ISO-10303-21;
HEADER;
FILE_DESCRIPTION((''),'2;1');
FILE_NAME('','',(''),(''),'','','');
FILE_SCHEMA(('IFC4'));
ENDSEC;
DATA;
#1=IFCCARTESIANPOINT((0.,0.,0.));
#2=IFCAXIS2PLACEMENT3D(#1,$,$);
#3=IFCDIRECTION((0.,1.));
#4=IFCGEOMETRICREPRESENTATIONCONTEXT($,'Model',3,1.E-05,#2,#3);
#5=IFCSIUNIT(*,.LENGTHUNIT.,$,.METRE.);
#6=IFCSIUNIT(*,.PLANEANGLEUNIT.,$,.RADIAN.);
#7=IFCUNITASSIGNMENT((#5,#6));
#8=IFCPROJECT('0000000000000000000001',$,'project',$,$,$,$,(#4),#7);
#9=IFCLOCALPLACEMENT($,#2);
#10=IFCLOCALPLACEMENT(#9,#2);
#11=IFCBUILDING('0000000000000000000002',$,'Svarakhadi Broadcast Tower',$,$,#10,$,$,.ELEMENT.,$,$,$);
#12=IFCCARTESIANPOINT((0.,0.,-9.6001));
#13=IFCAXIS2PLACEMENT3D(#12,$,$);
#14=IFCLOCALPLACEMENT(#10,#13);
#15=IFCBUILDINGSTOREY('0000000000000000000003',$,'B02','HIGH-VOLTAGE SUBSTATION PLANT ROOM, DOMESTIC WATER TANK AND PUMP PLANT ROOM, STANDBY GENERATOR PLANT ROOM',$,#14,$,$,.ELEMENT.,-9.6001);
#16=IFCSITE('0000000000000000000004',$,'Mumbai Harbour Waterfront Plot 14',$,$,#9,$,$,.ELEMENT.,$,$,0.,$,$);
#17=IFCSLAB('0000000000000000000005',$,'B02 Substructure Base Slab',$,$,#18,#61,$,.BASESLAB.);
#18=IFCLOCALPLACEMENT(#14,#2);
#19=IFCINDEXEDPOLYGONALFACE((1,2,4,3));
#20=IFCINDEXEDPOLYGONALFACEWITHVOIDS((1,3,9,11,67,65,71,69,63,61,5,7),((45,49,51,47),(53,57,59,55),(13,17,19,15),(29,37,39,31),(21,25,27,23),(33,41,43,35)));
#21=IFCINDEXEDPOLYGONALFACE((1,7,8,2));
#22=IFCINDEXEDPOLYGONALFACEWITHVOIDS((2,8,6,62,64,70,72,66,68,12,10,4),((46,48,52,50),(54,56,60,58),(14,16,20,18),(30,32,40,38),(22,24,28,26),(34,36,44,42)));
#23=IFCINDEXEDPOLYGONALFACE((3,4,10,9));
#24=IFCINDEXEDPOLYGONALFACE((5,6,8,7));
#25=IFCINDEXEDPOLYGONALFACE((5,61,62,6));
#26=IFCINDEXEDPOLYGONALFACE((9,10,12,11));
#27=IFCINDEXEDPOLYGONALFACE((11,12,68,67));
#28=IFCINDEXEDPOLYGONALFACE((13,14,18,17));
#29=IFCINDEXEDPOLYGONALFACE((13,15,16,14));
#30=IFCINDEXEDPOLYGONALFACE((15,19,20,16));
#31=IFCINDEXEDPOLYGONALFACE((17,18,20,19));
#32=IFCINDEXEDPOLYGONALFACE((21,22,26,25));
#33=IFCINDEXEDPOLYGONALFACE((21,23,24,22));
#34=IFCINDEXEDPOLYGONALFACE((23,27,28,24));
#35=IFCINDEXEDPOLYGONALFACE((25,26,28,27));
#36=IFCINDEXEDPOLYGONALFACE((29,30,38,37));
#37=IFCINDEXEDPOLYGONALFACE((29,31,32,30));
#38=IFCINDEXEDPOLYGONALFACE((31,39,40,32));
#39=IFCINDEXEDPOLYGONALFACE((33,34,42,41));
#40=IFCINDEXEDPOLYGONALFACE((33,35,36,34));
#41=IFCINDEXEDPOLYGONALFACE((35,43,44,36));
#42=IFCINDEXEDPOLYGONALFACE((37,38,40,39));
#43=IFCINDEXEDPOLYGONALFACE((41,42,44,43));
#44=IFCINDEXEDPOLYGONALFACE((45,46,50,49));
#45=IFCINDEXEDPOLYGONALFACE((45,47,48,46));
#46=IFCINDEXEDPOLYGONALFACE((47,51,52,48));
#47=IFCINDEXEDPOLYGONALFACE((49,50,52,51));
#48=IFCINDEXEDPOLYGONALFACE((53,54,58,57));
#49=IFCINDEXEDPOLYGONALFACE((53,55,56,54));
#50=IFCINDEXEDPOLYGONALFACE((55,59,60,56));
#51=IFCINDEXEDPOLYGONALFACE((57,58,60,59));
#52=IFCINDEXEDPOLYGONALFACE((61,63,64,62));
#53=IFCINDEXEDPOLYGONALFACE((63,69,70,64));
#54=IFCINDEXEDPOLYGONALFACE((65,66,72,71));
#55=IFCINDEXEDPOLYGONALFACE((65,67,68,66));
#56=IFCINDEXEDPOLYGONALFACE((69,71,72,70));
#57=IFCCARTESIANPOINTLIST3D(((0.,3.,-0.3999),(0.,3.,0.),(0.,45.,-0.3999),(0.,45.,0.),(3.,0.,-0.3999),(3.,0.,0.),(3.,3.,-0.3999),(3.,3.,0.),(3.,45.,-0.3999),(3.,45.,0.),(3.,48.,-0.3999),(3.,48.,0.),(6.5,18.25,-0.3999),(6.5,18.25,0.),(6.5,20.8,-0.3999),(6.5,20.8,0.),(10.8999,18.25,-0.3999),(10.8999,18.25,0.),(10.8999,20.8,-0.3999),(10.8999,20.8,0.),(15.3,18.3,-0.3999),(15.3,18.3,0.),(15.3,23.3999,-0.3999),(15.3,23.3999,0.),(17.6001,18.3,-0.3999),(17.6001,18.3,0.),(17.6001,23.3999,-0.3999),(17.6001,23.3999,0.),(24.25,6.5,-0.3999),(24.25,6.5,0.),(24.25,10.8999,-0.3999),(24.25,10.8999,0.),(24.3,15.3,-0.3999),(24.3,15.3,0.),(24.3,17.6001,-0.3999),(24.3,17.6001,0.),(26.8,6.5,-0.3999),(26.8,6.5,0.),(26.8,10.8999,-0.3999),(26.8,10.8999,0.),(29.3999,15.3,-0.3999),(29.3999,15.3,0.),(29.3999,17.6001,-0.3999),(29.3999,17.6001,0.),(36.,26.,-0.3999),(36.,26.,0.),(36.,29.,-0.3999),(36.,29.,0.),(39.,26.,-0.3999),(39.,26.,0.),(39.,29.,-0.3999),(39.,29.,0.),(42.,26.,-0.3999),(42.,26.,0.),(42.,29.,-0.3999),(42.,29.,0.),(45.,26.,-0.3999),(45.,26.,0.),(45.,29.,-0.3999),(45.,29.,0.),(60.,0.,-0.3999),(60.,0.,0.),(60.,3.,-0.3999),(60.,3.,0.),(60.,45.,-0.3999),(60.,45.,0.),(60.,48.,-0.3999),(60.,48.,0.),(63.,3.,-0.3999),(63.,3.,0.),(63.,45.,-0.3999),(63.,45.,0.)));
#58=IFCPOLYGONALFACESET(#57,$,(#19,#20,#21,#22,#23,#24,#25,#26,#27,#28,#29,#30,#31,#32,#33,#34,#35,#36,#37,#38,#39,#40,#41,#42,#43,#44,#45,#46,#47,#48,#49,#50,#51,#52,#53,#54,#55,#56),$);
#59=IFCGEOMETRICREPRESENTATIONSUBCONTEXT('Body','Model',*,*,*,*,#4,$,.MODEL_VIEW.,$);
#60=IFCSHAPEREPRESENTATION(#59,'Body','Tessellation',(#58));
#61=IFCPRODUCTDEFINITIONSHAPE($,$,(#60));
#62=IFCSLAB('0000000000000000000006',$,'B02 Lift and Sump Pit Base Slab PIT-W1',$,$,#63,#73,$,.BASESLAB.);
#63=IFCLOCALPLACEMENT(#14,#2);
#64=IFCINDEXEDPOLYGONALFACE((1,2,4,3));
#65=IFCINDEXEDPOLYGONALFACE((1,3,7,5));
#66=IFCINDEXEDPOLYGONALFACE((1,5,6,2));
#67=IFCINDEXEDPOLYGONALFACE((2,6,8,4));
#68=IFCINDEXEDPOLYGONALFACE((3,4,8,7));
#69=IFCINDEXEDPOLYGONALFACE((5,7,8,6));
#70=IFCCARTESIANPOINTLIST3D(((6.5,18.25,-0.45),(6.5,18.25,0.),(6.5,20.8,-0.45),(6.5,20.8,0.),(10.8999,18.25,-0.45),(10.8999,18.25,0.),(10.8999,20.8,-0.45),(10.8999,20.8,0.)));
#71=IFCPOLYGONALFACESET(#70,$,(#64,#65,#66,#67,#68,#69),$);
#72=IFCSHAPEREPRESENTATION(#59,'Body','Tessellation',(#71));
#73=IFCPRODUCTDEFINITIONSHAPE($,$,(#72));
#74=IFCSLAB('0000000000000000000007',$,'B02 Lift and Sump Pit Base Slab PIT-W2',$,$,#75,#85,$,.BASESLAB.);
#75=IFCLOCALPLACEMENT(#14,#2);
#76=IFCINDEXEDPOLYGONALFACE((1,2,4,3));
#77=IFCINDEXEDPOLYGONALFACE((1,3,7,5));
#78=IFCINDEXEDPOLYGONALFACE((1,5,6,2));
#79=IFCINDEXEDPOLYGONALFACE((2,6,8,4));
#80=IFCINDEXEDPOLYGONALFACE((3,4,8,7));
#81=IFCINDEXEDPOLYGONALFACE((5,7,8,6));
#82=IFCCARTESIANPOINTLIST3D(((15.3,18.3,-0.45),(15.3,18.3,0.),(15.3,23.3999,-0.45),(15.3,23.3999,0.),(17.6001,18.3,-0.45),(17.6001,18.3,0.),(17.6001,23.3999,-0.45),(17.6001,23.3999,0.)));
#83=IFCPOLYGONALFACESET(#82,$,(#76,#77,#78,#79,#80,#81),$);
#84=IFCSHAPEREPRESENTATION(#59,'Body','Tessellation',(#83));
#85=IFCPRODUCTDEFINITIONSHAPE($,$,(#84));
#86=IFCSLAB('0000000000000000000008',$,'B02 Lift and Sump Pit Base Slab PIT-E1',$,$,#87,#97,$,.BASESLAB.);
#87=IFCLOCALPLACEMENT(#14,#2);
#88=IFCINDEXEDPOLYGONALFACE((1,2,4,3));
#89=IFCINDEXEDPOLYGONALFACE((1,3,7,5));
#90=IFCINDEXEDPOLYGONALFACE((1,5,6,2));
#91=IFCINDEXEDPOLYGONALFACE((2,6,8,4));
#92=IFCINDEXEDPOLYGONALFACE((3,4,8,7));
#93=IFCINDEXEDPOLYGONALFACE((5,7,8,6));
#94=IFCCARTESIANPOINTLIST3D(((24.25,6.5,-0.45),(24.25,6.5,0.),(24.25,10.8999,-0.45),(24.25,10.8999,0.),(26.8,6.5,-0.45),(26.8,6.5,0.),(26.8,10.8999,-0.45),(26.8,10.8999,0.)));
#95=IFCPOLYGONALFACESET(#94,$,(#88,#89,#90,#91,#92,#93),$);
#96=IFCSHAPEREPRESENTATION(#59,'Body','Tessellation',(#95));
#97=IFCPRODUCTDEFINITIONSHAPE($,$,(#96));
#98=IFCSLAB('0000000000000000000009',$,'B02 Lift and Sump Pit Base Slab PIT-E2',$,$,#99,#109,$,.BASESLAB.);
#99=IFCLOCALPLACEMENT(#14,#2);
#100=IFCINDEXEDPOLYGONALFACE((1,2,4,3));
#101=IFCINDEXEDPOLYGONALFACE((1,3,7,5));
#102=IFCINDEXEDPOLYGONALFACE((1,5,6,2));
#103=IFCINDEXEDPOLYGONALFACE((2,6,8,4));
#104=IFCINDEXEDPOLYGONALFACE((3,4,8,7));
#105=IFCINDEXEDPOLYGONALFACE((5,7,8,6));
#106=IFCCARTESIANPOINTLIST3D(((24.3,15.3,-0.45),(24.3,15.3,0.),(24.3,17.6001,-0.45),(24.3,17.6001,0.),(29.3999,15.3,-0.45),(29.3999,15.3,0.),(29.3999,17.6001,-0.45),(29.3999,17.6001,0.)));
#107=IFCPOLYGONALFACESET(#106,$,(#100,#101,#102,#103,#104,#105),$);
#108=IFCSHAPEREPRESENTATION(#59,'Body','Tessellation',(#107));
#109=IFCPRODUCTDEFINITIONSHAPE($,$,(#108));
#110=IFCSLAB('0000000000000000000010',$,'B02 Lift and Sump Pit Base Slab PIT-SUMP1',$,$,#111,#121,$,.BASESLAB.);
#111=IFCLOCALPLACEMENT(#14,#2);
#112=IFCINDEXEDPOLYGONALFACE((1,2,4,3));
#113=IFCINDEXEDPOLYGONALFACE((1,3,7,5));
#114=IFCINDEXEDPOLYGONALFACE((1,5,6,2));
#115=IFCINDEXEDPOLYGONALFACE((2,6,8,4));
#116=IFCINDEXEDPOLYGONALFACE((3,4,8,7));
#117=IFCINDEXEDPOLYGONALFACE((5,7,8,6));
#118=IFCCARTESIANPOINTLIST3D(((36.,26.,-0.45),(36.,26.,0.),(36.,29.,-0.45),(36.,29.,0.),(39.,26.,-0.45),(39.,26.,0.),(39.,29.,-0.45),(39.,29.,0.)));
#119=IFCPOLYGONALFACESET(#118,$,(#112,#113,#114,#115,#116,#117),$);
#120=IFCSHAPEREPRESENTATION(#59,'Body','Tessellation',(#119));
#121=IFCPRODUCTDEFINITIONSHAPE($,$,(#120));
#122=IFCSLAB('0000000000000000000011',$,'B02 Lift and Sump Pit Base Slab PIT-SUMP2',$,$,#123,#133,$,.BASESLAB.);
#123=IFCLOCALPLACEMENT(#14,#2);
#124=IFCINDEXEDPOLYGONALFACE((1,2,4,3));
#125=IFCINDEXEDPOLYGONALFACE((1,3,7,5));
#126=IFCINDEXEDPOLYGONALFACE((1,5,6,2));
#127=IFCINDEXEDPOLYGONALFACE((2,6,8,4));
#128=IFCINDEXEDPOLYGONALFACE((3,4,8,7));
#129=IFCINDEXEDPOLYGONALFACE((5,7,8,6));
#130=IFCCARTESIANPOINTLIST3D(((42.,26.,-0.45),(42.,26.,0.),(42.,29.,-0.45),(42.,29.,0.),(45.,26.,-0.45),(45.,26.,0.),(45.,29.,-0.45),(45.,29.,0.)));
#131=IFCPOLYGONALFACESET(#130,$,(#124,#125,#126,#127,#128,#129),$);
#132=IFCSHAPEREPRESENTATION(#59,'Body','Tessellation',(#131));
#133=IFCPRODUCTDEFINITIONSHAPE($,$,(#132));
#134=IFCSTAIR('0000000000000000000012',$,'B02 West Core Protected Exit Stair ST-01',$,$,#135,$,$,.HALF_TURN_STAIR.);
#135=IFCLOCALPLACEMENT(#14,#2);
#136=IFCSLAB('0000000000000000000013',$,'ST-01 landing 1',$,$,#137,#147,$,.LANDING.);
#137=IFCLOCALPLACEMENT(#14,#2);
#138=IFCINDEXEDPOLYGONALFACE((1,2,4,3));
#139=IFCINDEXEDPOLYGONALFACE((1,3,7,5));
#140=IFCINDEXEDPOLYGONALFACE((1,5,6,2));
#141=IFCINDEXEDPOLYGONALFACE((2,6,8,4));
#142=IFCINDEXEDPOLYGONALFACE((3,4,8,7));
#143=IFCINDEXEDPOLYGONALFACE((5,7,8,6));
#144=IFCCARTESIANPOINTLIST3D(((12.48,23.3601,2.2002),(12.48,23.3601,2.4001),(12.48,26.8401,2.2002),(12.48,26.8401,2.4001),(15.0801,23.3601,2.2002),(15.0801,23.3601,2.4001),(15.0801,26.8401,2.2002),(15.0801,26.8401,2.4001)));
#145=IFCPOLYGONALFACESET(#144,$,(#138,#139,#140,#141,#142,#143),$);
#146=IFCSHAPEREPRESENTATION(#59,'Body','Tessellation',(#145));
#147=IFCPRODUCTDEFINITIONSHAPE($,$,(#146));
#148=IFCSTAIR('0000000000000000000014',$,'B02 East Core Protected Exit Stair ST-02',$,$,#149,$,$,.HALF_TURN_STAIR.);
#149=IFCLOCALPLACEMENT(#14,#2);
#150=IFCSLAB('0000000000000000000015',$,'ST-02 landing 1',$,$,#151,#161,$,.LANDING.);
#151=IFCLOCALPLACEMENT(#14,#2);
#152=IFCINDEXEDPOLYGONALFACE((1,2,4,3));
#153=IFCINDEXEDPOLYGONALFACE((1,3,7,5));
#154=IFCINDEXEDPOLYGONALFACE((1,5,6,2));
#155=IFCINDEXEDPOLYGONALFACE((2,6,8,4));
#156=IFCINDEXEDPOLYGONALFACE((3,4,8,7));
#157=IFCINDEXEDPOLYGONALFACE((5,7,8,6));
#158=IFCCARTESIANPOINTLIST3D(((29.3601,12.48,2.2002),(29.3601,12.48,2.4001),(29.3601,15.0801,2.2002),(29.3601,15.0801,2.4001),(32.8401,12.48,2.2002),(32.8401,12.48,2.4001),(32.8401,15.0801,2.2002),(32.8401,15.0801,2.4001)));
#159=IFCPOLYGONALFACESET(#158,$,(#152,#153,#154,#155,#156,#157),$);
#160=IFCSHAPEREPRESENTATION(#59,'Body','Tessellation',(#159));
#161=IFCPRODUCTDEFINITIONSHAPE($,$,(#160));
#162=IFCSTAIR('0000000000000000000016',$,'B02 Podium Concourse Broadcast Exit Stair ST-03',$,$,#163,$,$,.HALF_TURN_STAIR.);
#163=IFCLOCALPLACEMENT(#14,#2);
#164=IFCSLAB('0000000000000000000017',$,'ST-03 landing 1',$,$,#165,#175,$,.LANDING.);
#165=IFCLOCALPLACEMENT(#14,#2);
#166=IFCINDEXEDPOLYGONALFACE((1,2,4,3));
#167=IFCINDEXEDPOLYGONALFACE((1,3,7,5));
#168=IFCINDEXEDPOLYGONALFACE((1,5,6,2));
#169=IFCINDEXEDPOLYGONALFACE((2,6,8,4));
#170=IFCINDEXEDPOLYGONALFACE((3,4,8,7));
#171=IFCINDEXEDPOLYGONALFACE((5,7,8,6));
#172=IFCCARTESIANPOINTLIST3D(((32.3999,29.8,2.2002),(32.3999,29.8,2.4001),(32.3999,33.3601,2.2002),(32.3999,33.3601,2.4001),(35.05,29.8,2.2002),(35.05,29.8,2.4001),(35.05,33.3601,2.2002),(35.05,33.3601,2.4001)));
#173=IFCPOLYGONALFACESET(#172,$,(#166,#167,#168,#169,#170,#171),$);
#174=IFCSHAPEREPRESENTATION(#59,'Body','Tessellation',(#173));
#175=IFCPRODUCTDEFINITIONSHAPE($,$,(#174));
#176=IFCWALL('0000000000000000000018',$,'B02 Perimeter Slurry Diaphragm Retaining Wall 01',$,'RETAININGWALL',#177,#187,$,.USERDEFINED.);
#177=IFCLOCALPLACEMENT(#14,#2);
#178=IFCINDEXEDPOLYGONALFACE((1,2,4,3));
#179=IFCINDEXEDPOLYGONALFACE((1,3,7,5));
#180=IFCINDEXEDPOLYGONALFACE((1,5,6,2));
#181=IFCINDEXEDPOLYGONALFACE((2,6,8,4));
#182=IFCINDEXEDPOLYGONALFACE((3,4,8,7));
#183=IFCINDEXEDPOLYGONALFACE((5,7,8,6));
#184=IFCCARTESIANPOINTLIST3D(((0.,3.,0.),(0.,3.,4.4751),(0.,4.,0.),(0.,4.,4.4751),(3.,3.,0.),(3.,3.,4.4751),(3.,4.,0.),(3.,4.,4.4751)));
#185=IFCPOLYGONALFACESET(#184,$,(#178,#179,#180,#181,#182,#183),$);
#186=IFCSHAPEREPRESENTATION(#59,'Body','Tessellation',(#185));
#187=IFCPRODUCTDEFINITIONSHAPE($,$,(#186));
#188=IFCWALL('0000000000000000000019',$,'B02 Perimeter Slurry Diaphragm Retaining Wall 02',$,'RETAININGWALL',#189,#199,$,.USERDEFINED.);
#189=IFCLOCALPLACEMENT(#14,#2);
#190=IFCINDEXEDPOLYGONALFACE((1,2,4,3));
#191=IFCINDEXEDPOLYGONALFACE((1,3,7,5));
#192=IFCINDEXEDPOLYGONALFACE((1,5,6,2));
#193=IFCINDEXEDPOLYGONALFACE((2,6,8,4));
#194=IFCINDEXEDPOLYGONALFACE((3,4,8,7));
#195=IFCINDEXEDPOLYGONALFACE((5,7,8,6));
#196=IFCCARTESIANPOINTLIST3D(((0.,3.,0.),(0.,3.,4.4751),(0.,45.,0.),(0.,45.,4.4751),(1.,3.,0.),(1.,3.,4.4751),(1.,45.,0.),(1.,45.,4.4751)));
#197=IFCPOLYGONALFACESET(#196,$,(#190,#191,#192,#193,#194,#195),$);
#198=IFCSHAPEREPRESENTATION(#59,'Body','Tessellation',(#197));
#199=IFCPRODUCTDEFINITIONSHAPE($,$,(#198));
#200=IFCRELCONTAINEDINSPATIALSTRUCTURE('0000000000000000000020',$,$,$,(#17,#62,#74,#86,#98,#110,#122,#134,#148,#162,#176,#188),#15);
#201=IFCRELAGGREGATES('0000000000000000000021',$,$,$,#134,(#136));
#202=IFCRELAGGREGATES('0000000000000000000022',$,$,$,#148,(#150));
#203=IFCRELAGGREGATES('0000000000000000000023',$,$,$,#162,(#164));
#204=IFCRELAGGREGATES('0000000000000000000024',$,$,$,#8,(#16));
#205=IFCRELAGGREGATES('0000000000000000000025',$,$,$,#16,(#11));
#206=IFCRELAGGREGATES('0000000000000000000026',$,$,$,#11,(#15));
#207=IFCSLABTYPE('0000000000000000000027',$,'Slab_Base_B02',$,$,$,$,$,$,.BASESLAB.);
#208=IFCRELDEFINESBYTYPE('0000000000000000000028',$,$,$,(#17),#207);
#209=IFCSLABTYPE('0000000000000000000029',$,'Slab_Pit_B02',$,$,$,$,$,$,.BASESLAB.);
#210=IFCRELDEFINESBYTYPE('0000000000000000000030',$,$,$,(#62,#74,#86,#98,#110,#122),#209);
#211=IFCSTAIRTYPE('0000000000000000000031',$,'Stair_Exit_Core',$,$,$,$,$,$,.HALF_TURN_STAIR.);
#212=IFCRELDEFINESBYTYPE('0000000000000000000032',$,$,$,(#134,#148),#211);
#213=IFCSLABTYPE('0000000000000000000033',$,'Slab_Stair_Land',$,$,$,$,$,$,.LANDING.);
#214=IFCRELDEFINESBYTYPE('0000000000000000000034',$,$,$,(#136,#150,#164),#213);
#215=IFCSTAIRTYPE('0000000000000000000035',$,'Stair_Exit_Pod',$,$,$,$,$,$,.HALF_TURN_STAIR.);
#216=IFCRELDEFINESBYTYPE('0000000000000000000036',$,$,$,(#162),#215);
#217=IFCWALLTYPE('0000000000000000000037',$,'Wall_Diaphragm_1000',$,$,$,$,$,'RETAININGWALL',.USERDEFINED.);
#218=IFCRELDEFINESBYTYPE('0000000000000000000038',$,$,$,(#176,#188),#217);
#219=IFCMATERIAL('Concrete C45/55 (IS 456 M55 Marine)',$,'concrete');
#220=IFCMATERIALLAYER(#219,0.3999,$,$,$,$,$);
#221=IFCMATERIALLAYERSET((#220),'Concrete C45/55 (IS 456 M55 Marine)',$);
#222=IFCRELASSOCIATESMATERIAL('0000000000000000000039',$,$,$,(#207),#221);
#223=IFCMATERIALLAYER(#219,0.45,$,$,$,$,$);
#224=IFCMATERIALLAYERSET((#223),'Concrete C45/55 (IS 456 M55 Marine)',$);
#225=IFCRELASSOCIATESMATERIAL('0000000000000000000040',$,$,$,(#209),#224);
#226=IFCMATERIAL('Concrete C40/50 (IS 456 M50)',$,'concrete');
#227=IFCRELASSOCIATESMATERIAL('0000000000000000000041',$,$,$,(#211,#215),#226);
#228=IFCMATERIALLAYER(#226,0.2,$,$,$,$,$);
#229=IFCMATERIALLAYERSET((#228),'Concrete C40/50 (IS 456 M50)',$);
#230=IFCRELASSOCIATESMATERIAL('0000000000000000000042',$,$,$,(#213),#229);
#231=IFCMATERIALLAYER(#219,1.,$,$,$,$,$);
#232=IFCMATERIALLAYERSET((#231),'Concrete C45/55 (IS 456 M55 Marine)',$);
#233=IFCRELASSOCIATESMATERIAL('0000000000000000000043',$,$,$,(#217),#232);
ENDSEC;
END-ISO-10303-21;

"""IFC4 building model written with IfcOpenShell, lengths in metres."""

from ifc_helpers import new_model, si_unit, direction, frame, frame_2d, origin, place, context, subcontext, project, spatial, polyline, rectangle, outline, extrude, material, layer, layer_set, type_object, element, aggregate, save


model = new_model("IFC4")

# Units and contexts
model_context = context("Model", 3, precision=1e-05, world=origin(), true_north=direction((0.0, 1.0)))
body_context = subcontext(model_context, "Body", "Model", "MODEL_VIEW")
ifc_project = project(units=[si_unit("LENGTHUNIT", "METRE"), si_unit("PLANEANGLEUNIT", "RADIAN")], contexts=[model_context])

# Site, building, storey
site_placement = place(None, origin())
site = spatial("IfcSite", under=ifc_project, at=site_placement, Name="Mumbai Harbour Waterfront Plot 14", CompositionType="ELEMENT", RefElevation=0.0)
building_placement = place(site_placement, origin())
building = spatial("IfcBuilding", under=site, at=building_placement, Name="Svarakhadi Broadcast Tower", CompositionType="ELEMENT")
storey_placement = place(building_placement, frame((0.0, 0.0, -9.6001)))
storey = spatial("IfcBuildingStorey", under=building, at=storey_placement, Name="B02", Description="HIGH-VOLTAGE SUBSTATION PLANT ROOM, DOMESTIC WATER TANK AND PUMP PLANT ROOM, STANDBY GENERATOR PLANT ROOM", CompositionType="ELEMENT", Elevation=-9.6001)

# Shared definitions
ifc_material_1 = material(Name="Concrete C45/55 (IS 456 M55 Marine)", Category="concrete")

# Slabs
ifc_layer_1 = layer(ifc_material_1, 0.3999)
ifc_layer_set_1 = layer_set([ifc_layer_1], Name="Concrete C45/55 (IS 456 M55 Marine)")
slab_type_1 = type_object("IfcSlabType", Name="Slab_Base_B02", PredefinedType="BASESLAB", material=ifc_layer_set_1)
slab_1_placement = place(storey_placement, frame((0.0, 0.0, -0.3999)))
element("IfcSlab", 1, at=slab_1_placement, inside=storey, type_object=slab_type_1, Name="B02 Substructure Base Slab", PredefinedType="BASESLAB", context=body_context, shape_type="SweptSolid", body=[
    extrude(outline(polyline([(3.0, 0.0), (60.0, 0.0), (60.0, 3.0), (63.0, 3.0), (63.0, 45.0), (60.0, 45.0), (60.0, 48.0), (3.0, 48.0), (3.0, 45.0), (0.0, 45.0), (0.0, 3.0), (3.0, 3.0), (3.0, 0.0)]), holes=[polyline([(6.5, 18.25), (10.8999, 18.25), (10.8999, 20.8), (6.5, 20.8), (6.5, 18.25)]), polyline([(15.3, 18.3), (17.6001, 18.3), (17.6001, 23.3999), (15.3, 23.3999), (15.3, 18.3)]), polyline([(24.25, 6.5), (26.8, 6.5), (26.8, 10.8999), (24.25, 10.8999), (24.25, 6.5)]), polyline([(24.3, 15.3), (29.3999, 15.3), (29.3999, 17.6001), (24.3, 17.6001), (24.3, 15.3)]), polyline([(36.0, 26.0), (39.0, 26.0), (39.0, 29.0), (36.0, 29.0), (36.0, 26.0)]), polyline([(42.0, 26.0), (45.0, 26.0), (45.0, 29.0), (42.0, 29.0), (42.0, 26.0)])]), origin(), (0.0, 0.0, 1.0), 0.3999),
])
ifc_layer_2 = layer(ifc_material_1, 0.45)
ifc_layer_set_2 = layer_set([ifc_layer_2], Name="Concrete C45/55 (IS 456 M55 Marine)")
slab_type_2 = type_object("IfcSlabType", Name="Slab_Pit_B02", PredefinedType="BASESLAB", material=ifc_layer_set_2)
slab_2_placement = place(storey_placement, frame((0.0, 0.0, -0.45)))
element("IfcSlab", 2, at=slab_2_placement, inside=storey, type_object=slab_type_2, Name="B02 Lift and Sump Pit Base Slab PIT-W1", PredefinedType="BASESLAB", context=body_context, shape_type="SweptSolid", body=[
    extrude(outline(polyline([(6.5, 18.25), (10.8999, 18.25), (10.8999, 20.8), (6.5, 20.8), (6.5, 18.25)])), origin(), (0.0, 0.0, 1.0), 0.45),
])
slab_3_placement = place(storey_placement, frame((0.0, 0.0, -0.45)))
element("IfcSlab", 3, at=slab_3_placement, inside=storey, type_object=slab_type_2, Name="B02 Lift and Sump Pit Base Slab PIT-W2", PredefinedType="BASESLAB", context=body_context, shape_type="SweptSolid", body=[
    extrude(outline(polyline([(15.3, 18.3), (17.6001, 18.3), (17.6001, 23.3999), (15.3, 23.3999), (15.3, 18.3)])), origin(), (0.0, 0.0, 1.0), 0.45),
])
slab_4_placement = place(storey_placement, frame((0.0, 0.0, -0.45)))
element("IfcSlab", 4, at=slab_4_placement, inside=storey, type_object=slab_type_2, Name="B02 Lift and Sump Pit Base Slab PIT-E1", PredefinedType="BASESLAB", context=body_context, shape_type="SweptSolid", body=[
    extrude(outline(polyline([(24.25, 6.5), (26.8, 6.5), (26.8, 10.8999), (24.25, 10.8999), (24.25, 6.5)])), origin(), (0.0, 0.0, 1.0), 0.45),
])
slab_5_placement = place(storey_placement, frame((0.0, 0.0, -0.45)))
element("IfcSlab", 5, at=slab_5_placement, inside=storey, type_object=slab_type_2, Name="B02 Lift and Sump Pit Base Slab PIT-E2", PredefinedType="BASESLAB", context=body_context, shape_type="SweptSolid", body=[
    extrude(outline(polyline([(24.3, 15.3), (29.3999, 15.3), (29.3999, 17.6001), (24.3, 17.6001), (24.3, 15.3)])), origin(), (0.0, 0.0, 1.0), 0.45),
])
slab_6_placement = place(storey_placement, frame((0.0, 0.0, -0.45)))
element("IfcSlab", 6, at=slab_6_placement, inside=storey, type_object=slab_type_2, Name="B02 Lift and Sump Pit Base Slab PIT-SUMP1", PredefinedType="BASESLAB", context=body_context, shape_type="SweptSolid", body=[
    extrude(outline(polyline([(36.0, 26.0), (39.0, 26.0), (39.0, 29.0), (36.0, 29.0), (36.0, 26.0)])), origin(), (0.0, 0.0, 1.0), 0.45),
])
slab_7_placement = place(storey_placement, frame((0.0, 0.0, -0.45)))
element("IfcSlab", 7, at=slab_7_placement, inside=storey, type_object=slab_type_2, Name="B02 Lift and Sump Pit Base Slab PIT-SUMP2", PredefinedType="BASESLAB", context=body_context, shape_type="SweptSolid", body=[
    extrude(outline(polyline([(42.0, 26.0), (45.0, 26.0), (45.0, 29.0), (42.0, 29.0), (42.0, 26.0)])), origin(), (0.0, 0.0, 1.0), 0.45),
])

# Stairs, slabs
ifc_material_2 = material(Name="Concrete C40/50 (IS 456 M50)", Category="concrete")
stair_type_1 = type_object("IfcStairType", Name="Stair_Exit_Core", PredefinedType="HALF_TURN_STAIR", material=ifc_material_2)
stair_1_placement = place(storey_placement, origin())
stair_1 = element("IfcStair", 8, at=stair_1_placement, inside=storey, type_object=stair_type_1, Name="B02 West Core Protected Exit Stair ST-01", PredefinedType="HALF_TURN_STAIR")
ifc_layer_3 = layer(ifc_material_2, 0.2)
ifc_layer_set_3 = layer_set([ifc_layer_3], Name="Concrete C40/50 (IS 456 M50)")
slab_type_3 = type_object("IfcSlabType", Name="Slab_Stair_Land", PredefinedType="LANDING", material=ifc_layer_set_3)
slab_8_placement = place(storey_placement, frame((0.0, 0.0, 2.2002)))
slab_8 = element("IfcSlab", 9, at=slab_8_placement, type_object=slab_type_3, Name="ST-01 landing 1", PredefinedType="LANDING", context=body_context, shape_type="SweptSolid", body=[
    extrude(outline(polyline([(12.48, 23.3601), (15.0801, 23.3601), (15.0801, 26.8401), (12.48, 26.8401), (12.48, 23.3601)])), origin(), (0.0, 0.0, 1.0), 0.2),
])
aggregate(stair_1, [slab_8])
stair_2_placement = place(storey_placement, origin())
stair_2 = element("IfcStair", 10, at=stair_2_placement, inside=storey, type_object=stair_type_1, Name="B02 East Core Protected Exit Stair ST-02", PredefinedType="HALF_TURN_STAIR")
slab_9_placement = place(storey_placement, frame((0.0, 0.0, 2.2002)))
slab_9 = element("IfcSlab", 11, at=slab_9_placement, type_object=slab_type_3, Name="ST-02 landing 1", PredefinedType="LANDING", context=body_context, shape_type="SweptSolid", body=[
    extrude(outline(polyline([(32.8401, 12.48), (32.8401, 15.0801), (29.3601, 15.0801), (29.3601, 12.48), (32.8401, 12.48)])), origin(), (0.0, 0.0, 1.0), 0.2),
])
aggregate(stair_2, [slab_9])
stair_type_2 = type_object("IfcStairType", Name="Stair_Exit_Pod", PredefinedType="HALF_TURN_STAIR", material=ifc_material_2)
stair_3_placement = place(storey_placement, origin())
stair_3 = element("IfcStair", 12, at=stair_3_placement, inside=storey, type_object=stair_type_2, Name="B02 Podium Concourse Broadcast Exit Stair ST-03", PredefinedType="HALF_TURN_STAIR")
slab_10_placement = place(storey_placement, frame((0.0, 0.0, 2.2002)))
slab_10 = element("IfcSlab", 13, at=slab_10_placement, type_object=slab_type_3, Name="ST-03 landing 1", PredefinedType="LANDING", context=body_context, shape_type="SweptSolid", body=[
    extrude(outline(polyline([(32.3999, 29.8), (35.05, 29.8), (35.05, 33.3601), (32.3999, 33.3601), (32.3999, 29.8)])), origin(), (0.0, 0.0, 1.0), 0.2),
])
aggregate(stair_3, [slab_10])

# Walls
ifc_layer_4 = layer(ifc_material_1, 1.0)
ifc_layer_set_4 = layer_set([ifc_layer_4], Name="Concrete C45/55 (IS 456 M55 Marine)")
wall_type = type_object("IfcWallType", Name="Wall_Diaphragm_1000", ElementType="RETAININGWALL", PredefinedType="USERDEFINED", material=ifc_layer_set_4)
wall_1_placement = place(storey_placement, frame((3.0, 3.5, 0.0), z_axis=(0.0, 0.0, 1.0), x_axis=(-1.0, 0.0, 0.0)))
element("IfcWall", 14, at=wall_1_placement, inside=storey, type_object=wall_type, Name="B02 Perimeter Slurry Diaphragm Retaining Wall 01", ObjectType="RETAININGWALL", PredefinedType="USERDEFINED", context=body_context, shape_type="SweptSolid", body=[
    extrude(rectangle(XDim=3.0, YDim=1.0, at=frame_2d((1.5, 0.0))), origin(), (0.0, 0.0, 1.0), 4.4751),
])
wall_2_placement = place(storey_placement, frame((0.5, 3.0, 0.0), z_axis=(0.0, 0.0, 1.0), x_axis=(0.0, 1.0, 0.0)))
element("IfcWall", 15, at=wall_2_placement, inside=storey, type_object=wall_type, Name="B02 Perimeter Slurry Diaphragm Retaining Wall 02", ObjectType="RETAININGWALL", PredefinedType="USERDEFINED", context=body_context, shape_type="SweptSolid", body=[
    extrude(rectangle(XDim=42.0, YDim=1.0, at=frame_2d((21.0, 0.0))), origin(), (0.0, 0.0, 1.0), 4.4751),
])

save(model, "model.ifc")
